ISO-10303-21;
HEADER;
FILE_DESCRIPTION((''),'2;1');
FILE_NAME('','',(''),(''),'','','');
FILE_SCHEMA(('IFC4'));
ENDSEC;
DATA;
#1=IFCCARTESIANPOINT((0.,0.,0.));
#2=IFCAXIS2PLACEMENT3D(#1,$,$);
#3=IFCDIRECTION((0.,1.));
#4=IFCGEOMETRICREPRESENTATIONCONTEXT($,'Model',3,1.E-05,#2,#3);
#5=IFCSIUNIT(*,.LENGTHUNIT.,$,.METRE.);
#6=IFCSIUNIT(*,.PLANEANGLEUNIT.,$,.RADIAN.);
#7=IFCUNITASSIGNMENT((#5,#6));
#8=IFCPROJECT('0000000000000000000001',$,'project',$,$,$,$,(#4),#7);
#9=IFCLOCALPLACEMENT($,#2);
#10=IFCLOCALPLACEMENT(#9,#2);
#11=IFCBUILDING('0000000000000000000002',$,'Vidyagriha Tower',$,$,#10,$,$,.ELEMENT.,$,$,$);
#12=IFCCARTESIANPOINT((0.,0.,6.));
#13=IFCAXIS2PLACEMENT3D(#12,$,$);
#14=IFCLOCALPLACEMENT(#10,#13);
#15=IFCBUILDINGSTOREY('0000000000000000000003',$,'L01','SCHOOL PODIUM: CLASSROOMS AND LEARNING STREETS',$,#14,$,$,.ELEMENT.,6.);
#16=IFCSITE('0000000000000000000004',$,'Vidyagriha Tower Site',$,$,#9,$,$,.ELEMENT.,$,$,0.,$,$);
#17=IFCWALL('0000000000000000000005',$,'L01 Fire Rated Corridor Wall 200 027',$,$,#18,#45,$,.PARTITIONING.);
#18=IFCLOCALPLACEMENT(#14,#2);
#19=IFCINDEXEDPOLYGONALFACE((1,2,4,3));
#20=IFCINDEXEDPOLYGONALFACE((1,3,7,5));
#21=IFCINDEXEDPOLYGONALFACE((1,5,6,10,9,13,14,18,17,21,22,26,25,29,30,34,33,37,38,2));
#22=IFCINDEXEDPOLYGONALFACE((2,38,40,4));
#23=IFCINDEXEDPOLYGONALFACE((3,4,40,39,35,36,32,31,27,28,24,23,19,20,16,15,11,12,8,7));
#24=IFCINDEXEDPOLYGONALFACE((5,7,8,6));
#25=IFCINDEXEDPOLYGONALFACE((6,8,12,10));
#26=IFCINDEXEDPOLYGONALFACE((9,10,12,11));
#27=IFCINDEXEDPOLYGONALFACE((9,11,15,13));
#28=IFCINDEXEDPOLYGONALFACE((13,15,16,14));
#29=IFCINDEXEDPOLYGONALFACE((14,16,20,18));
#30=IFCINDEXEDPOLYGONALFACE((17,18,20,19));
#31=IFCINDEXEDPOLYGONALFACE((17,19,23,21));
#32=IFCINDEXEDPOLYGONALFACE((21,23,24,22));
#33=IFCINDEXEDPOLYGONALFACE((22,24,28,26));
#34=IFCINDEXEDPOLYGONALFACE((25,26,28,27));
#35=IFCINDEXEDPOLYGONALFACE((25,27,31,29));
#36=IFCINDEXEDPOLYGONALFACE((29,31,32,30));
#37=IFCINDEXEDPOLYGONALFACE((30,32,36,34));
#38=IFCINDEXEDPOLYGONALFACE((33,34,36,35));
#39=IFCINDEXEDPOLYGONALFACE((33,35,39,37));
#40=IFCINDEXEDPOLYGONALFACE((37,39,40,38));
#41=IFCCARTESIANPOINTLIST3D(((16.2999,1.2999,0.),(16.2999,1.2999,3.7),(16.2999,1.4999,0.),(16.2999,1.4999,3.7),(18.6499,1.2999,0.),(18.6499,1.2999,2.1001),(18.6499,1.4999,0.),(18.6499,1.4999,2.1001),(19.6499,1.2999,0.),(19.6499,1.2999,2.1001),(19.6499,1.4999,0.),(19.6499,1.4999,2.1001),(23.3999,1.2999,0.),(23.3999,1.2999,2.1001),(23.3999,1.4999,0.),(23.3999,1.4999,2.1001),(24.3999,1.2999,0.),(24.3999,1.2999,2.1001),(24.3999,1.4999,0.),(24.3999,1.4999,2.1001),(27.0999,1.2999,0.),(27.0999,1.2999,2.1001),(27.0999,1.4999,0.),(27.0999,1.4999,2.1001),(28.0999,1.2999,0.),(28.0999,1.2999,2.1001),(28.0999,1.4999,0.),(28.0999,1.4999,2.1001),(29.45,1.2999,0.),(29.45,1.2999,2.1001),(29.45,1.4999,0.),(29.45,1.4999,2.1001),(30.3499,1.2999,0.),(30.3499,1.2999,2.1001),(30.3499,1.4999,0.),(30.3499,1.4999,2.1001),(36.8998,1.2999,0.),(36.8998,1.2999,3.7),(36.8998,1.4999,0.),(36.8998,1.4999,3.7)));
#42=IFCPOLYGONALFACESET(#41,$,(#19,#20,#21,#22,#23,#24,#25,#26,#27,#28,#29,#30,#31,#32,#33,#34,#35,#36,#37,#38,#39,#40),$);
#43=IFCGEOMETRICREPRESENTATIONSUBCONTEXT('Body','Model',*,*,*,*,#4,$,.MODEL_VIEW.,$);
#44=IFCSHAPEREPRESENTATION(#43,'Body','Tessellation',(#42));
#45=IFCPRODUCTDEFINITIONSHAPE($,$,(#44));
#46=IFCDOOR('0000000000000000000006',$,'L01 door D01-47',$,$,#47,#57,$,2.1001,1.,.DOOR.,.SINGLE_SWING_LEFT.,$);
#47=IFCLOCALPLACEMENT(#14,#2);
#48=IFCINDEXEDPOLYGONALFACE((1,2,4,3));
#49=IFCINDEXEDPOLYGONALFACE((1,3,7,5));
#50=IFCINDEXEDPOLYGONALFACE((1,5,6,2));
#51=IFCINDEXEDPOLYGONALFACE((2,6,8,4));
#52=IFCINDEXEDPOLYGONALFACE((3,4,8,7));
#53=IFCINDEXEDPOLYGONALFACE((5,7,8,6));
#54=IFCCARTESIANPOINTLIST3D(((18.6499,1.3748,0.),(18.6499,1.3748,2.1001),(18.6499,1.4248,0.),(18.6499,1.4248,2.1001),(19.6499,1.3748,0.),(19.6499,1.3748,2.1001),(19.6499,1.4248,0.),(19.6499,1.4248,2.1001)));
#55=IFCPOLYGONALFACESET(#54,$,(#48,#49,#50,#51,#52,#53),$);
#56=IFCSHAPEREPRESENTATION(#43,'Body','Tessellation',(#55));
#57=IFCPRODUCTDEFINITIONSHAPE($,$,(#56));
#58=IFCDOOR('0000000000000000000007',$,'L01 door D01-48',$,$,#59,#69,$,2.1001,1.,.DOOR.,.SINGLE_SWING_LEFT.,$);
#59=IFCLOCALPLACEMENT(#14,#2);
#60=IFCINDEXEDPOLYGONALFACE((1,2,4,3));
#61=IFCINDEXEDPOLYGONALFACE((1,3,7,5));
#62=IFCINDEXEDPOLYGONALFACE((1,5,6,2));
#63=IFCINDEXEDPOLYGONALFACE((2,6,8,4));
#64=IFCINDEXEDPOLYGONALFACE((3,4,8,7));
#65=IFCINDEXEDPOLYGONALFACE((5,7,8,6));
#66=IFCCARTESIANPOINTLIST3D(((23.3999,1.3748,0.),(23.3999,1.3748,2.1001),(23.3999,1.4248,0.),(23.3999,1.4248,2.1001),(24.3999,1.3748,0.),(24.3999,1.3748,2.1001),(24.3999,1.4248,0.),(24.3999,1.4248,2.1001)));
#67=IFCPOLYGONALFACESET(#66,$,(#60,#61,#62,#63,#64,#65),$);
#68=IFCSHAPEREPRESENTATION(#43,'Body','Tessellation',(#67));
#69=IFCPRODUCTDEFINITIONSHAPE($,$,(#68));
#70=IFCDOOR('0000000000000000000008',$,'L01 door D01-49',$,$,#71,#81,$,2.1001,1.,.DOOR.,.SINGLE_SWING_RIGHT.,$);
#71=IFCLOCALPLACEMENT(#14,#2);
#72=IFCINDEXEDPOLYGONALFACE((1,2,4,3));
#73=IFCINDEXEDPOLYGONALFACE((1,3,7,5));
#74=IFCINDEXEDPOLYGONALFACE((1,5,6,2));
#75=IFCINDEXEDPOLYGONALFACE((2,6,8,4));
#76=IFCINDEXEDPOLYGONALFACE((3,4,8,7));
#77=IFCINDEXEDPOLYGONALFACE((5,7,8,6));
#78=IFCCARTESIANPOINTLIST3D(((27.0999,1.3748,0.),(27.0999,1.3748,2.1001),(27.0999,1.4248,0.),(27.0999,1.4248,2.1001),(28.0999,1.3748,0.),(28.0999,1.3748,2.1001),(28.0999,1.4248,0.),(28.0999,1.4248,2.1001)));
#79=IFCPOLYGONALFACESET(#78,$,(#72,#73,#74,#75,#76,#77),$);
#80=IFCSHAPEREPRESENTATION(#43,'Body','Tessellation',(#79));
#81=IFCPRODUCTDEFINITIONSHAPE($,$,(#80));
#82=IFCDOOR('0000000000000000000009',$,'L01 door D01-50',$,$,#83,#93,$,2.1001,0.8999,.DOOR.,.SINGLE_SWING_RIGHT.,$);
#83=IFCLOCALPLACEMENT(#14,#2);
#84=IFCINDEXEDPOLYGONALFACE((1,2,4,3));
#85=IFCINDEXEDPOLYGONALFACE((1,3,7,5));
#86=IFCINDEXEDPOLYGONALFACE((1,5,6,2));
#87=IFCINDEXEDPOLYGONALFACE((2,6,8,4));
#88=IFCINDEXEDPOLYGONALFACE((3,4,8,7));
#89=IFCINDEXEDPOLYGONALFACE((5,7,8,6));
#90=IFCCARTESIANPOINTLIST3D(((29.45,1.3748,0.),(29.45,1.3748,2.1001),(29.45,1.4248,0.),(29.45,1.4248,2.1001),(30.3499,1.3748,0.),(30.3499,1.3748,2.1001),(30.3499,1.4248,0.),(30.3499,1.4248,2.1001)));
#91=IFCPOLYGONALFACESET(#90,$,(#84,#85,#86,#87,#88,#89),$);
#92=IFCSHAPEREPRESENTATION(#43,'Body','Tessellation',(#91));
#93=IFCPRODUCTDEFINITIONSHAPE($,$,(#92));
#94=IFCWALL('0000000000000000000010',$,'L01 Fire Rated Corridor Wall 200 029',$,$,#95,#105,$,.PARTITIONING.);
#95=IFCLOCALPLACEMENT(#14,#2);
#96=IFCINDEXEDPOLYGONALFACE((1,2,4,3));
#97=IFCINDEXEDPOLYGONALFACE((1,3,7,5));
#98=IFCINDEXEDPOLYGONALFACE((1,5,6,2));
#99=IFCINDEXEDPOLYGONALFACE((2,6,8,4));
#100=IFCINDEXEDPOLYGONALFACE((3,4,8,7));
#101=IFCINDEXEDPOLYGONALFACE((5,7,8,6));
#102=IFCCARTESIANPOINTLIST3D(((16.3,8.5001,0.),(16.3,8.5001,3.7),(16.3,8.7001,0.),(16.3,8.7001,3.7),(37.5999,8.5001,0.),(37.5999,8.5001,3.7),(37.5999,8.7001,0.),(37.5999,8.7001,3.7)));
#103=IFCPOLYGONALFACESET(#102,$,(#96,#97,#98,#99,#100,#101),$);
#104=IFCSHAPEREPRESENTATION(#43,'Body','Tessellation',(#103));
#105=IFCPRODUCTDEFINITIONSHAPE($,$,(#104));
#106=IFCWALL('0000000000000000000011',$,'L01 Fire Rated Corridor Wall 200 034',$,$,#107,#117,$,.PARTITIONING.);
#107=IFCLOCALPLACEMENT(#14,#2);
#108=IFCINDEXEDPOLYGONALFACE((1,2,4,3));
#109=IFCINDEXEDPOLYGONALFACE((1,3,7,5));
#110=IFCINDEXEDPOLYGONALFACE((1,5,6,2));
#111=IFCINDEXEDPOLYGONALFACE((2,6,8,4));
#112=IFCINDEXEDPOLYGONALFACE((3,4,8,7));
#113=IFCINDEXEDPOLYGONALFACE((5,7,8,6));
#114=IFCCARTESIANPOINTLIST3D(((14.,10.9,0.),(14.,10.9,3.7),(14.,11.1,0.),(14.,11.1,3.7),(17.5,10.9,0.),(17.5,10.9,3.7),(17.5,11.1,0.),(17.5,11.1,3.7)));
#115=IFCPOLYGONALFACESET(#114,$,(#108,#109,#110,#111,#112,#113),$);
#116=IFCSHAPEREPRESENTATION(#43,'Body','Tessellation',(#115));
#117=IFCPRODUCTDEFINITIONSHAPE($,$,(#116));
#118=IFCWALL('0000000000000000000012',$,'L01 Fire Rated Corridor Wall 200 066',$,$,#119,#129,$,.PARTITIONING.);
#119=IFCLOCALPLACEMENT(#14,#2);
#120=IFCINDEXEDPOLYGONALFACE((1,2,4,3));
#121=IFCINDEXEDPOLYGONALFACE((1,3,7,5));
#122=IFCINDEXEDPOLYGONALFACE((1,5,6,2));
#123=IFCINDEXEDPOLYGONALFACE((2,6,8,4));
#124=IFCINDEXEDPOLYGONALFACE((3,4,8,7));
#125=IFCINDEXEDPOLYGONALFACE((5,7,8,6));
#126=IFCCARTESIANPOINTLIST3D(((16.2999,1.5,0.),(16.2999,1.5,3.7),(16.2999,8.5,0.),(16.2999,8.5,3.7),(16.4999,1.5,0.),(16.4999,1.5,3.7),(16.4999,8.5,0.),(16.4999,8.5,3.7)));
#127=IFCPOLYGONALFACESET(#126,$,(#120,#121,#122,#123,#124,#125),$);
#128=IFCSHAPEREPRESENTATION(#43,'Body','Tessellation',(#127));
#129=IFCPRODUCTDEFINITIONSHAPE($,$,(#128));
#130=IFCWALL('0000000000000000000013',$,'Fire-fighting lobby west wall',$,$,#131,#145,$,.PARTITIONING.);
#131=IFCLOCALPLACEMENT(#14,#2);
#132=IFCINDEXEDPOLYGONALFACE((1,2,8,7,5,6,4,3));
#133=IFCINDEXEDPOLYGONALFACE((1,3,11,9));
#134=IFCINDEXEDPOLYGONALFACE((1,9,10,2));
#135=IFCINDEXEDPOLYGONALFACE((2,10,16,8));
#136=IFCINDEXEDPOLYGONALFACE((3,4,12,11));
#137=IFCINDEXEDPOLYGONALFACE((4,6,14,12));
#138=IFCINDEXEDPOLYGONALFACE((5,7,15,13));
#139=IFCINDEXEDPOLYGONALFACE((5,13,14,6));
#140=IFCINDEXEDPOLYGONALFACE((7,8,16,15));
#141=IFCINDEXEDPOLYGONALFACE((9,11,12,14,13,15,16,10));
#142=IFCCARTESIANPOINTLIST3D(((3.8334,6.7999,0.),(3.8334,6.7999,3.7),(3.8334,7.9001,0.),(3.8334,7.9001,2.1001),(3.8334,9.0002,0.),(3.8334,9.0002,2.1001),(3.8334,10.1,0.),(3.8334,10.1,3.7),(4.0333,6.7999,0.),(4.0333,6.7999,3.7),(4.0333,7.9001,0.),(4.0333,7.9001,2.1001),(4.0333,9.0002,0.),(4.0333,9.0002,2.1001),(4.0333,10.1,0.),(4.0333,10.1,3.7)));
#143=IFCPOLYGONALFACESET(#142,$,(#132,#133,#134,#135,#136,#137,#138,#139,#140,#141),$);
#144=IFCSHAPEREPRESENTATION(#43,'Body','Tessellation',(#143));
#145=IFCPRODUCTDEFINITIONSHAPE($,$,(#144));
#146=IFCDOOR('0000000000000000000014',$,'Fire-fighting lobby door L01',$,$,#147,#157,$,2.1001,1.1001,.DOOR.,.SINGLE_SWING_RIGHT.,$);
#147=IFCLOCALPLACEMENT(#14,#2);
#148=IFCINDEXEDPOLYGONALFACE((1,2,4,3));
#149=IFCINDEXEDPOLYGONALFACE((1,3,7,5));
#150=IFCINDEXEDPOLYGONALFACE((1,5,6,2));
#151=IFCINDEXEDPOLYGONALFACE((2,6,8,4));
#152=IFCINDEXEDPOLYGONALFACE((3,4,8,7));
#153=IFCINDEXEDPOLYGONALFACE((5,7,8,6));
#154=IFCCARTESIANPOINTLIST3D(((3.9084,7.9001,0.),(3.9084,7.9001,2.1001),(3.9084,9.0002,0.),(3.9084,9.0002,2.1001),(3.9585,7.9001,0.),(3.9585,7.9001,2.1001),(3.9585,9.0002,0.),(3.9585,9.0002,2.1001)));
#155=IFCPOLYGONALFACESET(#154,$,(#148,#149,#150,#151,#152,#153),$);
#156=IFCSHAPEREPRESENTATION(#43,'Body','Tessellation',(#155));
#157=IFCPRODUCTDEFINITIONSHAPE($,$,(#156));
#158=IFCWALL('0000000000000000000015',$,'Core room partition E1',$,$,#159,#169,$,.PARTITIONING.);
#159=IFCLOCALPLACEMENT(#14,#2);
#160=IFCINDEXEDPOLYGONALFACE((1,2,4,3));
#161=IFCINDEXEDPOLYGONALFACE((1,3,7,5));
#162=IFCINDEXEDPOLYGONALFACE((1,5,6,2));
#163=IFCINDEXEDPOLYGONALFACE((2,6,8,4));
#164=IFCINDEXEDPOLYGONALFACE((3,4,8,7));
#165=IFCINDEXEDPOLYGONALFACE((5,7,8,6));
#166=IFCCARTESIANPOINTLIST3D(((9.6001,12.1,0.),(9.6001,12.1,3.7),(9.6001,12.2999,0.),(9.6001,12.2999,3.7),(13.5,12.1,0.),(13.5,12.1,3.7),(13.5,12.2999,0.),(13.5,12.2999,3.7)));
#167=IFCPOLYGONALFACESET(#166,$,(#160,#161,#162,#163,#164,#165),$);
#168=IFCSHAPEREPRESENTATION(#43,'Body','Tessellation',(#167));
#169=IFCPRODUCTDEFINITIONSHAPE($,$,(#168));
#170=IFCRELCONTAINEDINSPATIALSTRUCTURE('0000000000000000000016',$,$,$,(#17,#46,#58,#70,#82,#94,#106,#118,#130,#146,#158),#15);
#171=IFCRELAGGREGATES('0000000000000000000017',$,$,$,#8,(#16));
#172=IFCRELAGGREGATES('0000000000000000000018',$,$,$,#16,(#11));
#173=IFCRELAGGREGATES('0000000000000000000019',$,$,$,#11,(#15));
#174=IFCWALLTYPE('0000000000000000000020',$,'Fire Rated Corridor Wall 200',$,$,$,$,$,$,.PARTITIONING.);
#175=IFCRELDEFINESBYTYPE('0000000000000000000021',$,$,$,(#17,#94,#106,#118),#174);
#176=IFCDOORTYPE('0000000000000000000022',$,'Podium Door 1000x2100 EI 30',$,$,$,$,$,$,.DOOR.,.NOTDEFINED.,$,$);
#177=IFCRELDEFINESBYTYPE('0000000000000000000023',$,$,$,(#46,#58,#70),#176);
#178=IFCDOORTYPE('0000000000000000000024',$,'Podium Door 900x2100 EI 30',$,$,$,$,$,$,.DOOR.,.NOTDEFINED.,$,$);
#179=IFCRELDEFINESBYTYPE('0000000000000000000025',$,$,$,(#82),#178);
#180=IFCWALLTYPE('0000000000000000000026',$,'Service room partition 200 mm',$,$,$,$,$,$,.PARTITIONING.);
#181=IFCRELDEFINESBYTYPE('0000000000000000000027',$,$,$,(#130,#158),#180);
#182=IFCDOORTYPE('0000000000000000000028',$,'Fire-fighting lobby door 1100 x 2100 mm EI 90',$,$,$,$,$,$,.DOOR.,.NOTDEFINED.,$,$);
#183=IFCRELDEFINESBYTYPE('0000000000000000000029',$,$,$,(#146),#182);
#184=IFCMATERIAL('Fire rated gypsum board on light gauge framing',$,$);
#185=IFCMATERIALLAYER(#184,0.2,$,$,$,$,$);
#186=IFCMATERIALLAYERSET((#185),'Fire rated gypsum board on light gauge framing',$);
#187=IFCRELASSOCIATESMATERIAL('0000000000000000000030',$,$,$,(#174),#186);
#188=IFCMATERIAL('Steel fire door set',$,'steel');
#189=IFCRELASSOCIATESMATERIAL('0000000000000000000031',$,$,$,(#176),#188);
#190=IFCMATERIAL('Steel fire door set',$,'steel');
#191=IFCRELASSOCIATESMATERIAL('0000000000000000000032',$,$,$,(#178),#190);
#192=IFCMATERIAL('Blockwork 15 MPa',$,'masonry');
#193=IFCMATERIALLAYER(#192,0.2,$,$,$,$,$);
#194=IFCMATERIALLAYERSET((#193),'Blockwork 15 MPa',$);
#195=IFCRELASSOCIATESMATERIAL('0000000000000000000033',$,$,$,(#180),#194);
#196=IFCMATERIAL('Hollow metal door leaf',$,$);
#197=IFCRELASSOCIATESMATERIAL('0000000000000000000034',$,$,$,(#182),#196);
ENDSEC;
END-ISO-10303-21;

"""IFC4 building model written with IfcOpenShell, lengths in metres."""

from ifc_helpers import new_model, si_unit, direction, frame, frame_2d, origin, place, context, subcontext, project, spatial, rectangle, extrude, material, layer, layer_set, type_object, element, fill, save


model = new_model("IFC4")

# Units and contexts
model_context = context("Model", 3, precision=1e-05, world=origin(), true_north=direction((0.0, 1.0)))
body_context = subcontext(model_context, "Body", "Model", "MODEL_VIEW")
ifc_project = project(units=[si_unit("LENGTHUNIT", "METRE"), si_unit("PLANEANGLEUNIT", "RADIAN")], contexts=[model_context])

# Site, building, storey
site_placement = place(None, origin())
site = spatial("IfcSite", under=ifc_project, at=site_placement, Name="Vidyagriha Tower Site", CompositionType="ELEMENT", RefElevation=0.0)
building_placement = place(site_placement, origin())
building = spatial("IfcBuilding", under=site, at=building_placement, Name="Vidyagriha Tower", CompositionType="ELEMENT")
storey_placement = place(building_placement, frame((0.0, 0.0, 6.0)))
storey = spatial("IfcBuildingStorey", under=building, at=storey_placement, Name="L01", Description="SCHOOL PODIUM: CLASSROOMS AND LEARNING STREETS", CompositionType="ELEMENT", Elevation=6.0)

# Wall, openings, doors
ifc_material_1 = material(Name="Fire rated gypsum board on light gauge framing")
ifc_layer_1 = layer(ifc_material_1, 0.2)
ifc_layer_set_1 = layer_set([ifc_layer_1], Name="Fire rated gypsum board on light gauge framing")
wall_type_1 = type_object("IfcWallType", Name="Fire Rated Corridor Wall 200", PredefinedType="PARTITIONING", material=ifc_layer_set_1)
wall_1_placement = place(storey_placement, frame((16.3, 1.3999, 0.0)))
wall_1 = element("IfcWall", 1, at=wall_1_placement, inside=storey, type_object=wall_type_1, Name="L01 Fire Rated Corridor Wall 200 027", PredefinedType="PARTITIONING", context=body_context, shape_type="SweptSolid", body=[
    extrude(rectangle(XDim=20.5999, YDim=0.2, at=frame_2d((10.2998, 0.0))), origin(), (0.0, 0.0, 1.0), 3.7),
])
opening_1_placement = place(wall_1_placement, frame((2.3499, 0.0, 0.0)))
opening_1 = element("IfcOpeningElement", 2, at=opening_1_placement, cuts=wall_1, PredefinedType="OPENING", context=body_context, shape_type="SweptSolid", body=[
    extrude(rectangle(XDim=1.0, YDim=2.1001, at=frame_2d((0.5, 1.05))), frame((0.0, 0.1099, 0.0), z_axis=(0.0, -1.0, 0.0), x_axis=(1.0, 0.0, 0.0)), (0.0, 0.0, 1.0), 0.22),
])
opening_2_placement = place(wall_1_placement, frame((7.0999, 0.0, 0.0)))
opening_2 = element("IfcOpeningElement", 3, at=opening_2_placement, cuts=wall_1, PredefinedType="OPENING", context=body_context, shape_type="SweptSolid", body=[
    extrude(rectangle(XDim=1.0, YDim=2.1001, at=frame_2d((0.5, 1.05))), frame((0.0, 0.1099, 0.0), z_axis=(0.0, -1.0, 0.0), x_axis=(1.0, 0.0, 0.0)), (0.0, 0.0, 1.0), 0.22),
])
opening_3_placement = place(wall_1_placement, frame((10.7998, 0.0, 0.0)))
opening_3 = element("IfcOpeningElement", 4, at=opening_3_placement, cuts=wall_1, PredefinedType="OPENING", context=body_context, shape_type="SweptSolid", body=[
    extrude(rectangle(XDim=1.0, YDim=2.1001, at=frame_2d((0.5, 1.05))), frame((0.0, 0.1099, 0.0), z_axis=(0.0, -1.0, 0.0), x_axis=(1.0, 0.0, 0.0)), (0.0, 0.0, 1.0), 0.22),
])
opening_4_placement = place(wall_1_placement, frame((13.1499, 0.0, 0.0)))
opening_4 = element("IfcOpeningElement", 5, at=opening_4_placement, cuts=wall_1, PredefinedType="OPENING", context=body_context, shape_type="SweptSolid", body=[
    extrude(rectangle(XDim=0.8999, YDim=2.1001, at=frame_2d((0.45, 1.05))), frame((0.0, 0.1099, 0.0), z_axis=(0.0, -1.0, 0.0), x_axis=(1.0, 0.0, 0.0)), (0.0, 0.0, 1.0), 0.22),
])
ifc_material_2 = material(Name="Steel fire door set", Category="steel")
door_type_1 = type_object("IfcDoorType", Name="Podium Door 1000x2100 EI 30", OperationType="NOTDEFINED", PredefinedType="DOOR", material=ifc_material_2)
door_1_placement = place(opening_1_placement, origin())
door_1 = element("IfcDoor", 6, at=door_1_placement, inside=storey, type_object=door_type_1, Name="L01 door D01-47", OperationType="SINGLE_SWING_LEFT", OverallHeight=2.1001, OverallWidth=1.0, PredefinedType="DOOR", context=body_context, shape_type="SweptSolid", body=[
    extrude(rectangle(XDim=1.0, YDim=2.1001, at=frame_2d((0.5, 1.05))), frame((0.0, 0.0249, 0.0), z_axis=(0.0, -1.0, 0.0), x_axis=(1.0, 0.0, 0.0)), (0.0, 0.0, 1.0), 0.05),
])
fill(opening_1, door_1)
door_2_placement = place(opening_2_placement, origin())
door_2 = element("IfcDoor", 7, at=door_2_placement, inside=storey, type_object=door_type_1, Name="L01 door D01-48", OperationType="SINGLE_SWING_LEFT", OverallHeight=2.1001, OverallWidth=1.0, PredefinedType="DOOR", context=body_context, shape_type="SweptSolid", body=[
    extrude(rectangle(XDim=1.0, YDim=2.1001, at=frame_2d((0.5, 1.05))), frame((0.0, 0.0249, 0.0), z_axis=(0.0, -1.0, 0.0), x_axis=(1.0, 0.0, 0.0)), (0.0, 0.0, 1.0), 0.05),
])
fill(opening_2, door_2)
door_3_placement = place(opening_3_placement, origin())
door_3 = element("IfcDoor", 8, at=door_3_placement, inside=storey, type_object=door_type_1, Name="L01 door D01-49", OperationType="SINGLE_SWING_RIGHT", OverallHeight=2.1001, OverallWidth=1.0, PredefinedType="DOOR", context=body_context, shape_type="SweptSolid", body=[
    extrude(rectangle(XDim=1.0, YDim=2.1001, at=frame_2d((0.5, 1.05))), frame((0.0, 0.0249, 0.0), z_axis=(0.0, -1.0, 0.0), x_axis=(1.0, 0.0, 0.0)), (0.0, 0.0, 1.0), 0.05),
])
fill(opening_3, door_3)
ifc_material_3 = material(Name="Steel fire door set", Category="steel")
door_type_2 = type_object("IfcDoorType", Name="Podium Door 900x2100 EI 30", OperationType="NOTDEFINED", PredefinedType="DOOR", material=ifc_material_3)
door_4_placement = place(opening_4_placement, origin())
door_4 = element("IfcDoor", 9, at=door_4_placement, inside=storey, type_object=door_type_2, Name="L01 door D01-50", OperationType="SINGLE_SWING_RIGHT", OverallHeight=2.1001, OverallWidth=0.8999, PredefinedType="DOOR", context=body_context, shape_type="SweptSolid", body=[
    extrude(rectangle(XDim=0.8999, YDim=2.1001, at=frame_2d((0.45, 1.05))), frame((0.0, 0.0249, 0.0), z_axis=(0.0, -1.0, 0.0), x_axis=(1.0, 0.0, 0.0)), (0.0, 0.0, 1.0), 0.05),
])
fill(opening_4, door_4)

# Walls
wall_2_placement = place(storey_placement, frame((16.3, 8.6001, 0.0)))
element("IfcWall", 10, at=wall_2_placement, inside=storey, type_object=wall_type_1, Name="L01 Fire Rated Corridor Wall 200 029", PredefinedType="PARTITIONING", context=body_context, shape_type="SweptSolid", body=[
    extrude(rectangle(XDim=21.2998, YDim=0.2, at=frame_2d((10.6499, 0.0))), origin(), (0.0, 0.0, 1.0), 3.7),
])
wall_3_placement = place(storey_placement, frame((14.0, 11.0, 0.0)))
element("IfcWall", 11, at=wall_3_placement, inside=storey, type_object=wall_type_1, Name="L01 Fire Rated Corridor Wall 200 034", PredefinedType="PARTITIONING", context=body_context, shape_type="SweptSolid", body=[
    extrude(rectangle(XDim=3.5, YDim=0.2, at=frame_2d((1.75, 0.0))), origin(), (0.0, 0.0, 1.0), 3.7),
])
wall_4_placement = place(storey_placement, frame((16.3999, 1.5, 0.0), z_axis=(0.0, 0.0, 1.0), x_axis=(0.0, 1.0, 0.0)))
element("IfcWall", 12, at=wall_4_placement, inside=storey, type_object=wall_type_1, Name="L01 Fire Rated Corridor Wall 200 066", PredefinedType="PARTITIONING", context=body_context, shape_type="SweptSolid", body=[
    extrude(rectangle(XDim=7.0, YDim=0.2, at=frame_2d((3.5, 0.0))), origin(), (0.0, 0.0, 1.0), 3.7),
])

# Wall, opening, door
ifc_material_4 = material(Name="Blockwork 15 MPa", Category="masonry")
ifc_layer_2 = layer(ifc_material_4, 0.2)
ifc_layer_set_2 = layer_set([ifc_layer_2], Name="Blockwork 15 MPa")
wall_type_2 = type_object("IfcWallType", Name="Service room partition 200 mm", PredefinedType="PARTITIONING", material=ifc_layer_set_2)
wall_5_placement = place(storey_placement, frame((3.9333, 6.8, 0.0), z_axis=(0.0, 0.0, 1.0), x_axis=(0.0, 1.0, 0.0)))
wall_5 = element("IfcWall", 13, at=wall_5_placement, inside=storey, type_object=wall_type_2, Name="Fire-fighting lobby west wall", PredefinedType="PARTITIONING", context=body_context, shape_type="SweptSolid", body=[
    extrude(rectangle(XDim=3.3, YDim=0.2, at=frame_2d((1.6499, 0.0))), origin(), (0.0, 0.0, 1.0), 3.7),
])
opening_5_placement = place(wall_5_placement, frame((1.1001, 0.0, 0.0)))
opening_5 = element("IfcOpeningElement", 14, at=opening_5_placement, cuts=wall_5, PredefinedType="OPENING", context=body_context, shape_type="SweptSolid", body=[
    extrude(rectangle(XDim=1.1001, YDim=2.1001, at=frame_2d((0.55, 1.05))), frame((0.0, 0.1099, 0.0), z_axis=(0.0, -1.0, 0.0), x_axis=(1.0, 0.0, 0.0)), (0.0, 0.0, 1.0), 0.22),
])
ifc_material_5 = material(Name="Hollow metal door leaf")
door_type_3 = type_object("IfcDoorType", Name="Fire-fighting lobby door 1100 x 2100 mm EI 90", OperationType="NOTDEFINED", PredefinedType="DOOR", material=ifc_material_5)
door_5_placement = place(opening_5_placement, origin())
door_5 = element("IfcDoor", 15, at=door_5_placement, inside=storey, type_object=door_type_3, Name="Fire-fighting lobby door L01", OperationType="SINGLE_SWING_RIGHT", OverallHeight=2.1001, OverallWidth=1.1001, PredefinedType="DOOR", context=body_context, shape_type="SweptSolid", body=[
    extrude(rectangle(XDim=1.1001, YDim=2.1001, at=frame_2d((0.55, 1.05))), frame((0.0, 0.0249, 0.0), z_axis=(0.0, -1.0, 0.0), x_axis=(1.0, 0.0, 0.0)), (0.0, 0.0, 1.0), 0.05),
])
fill(opening_5, door_5)

# Wall
wall_6_placement = place(storey_placement, frame((9.6001, 12.2, 0.0)))
element("IfcWall", 16, at=wall_6_placement, inside=storey, type_object=wall_type_2, Name="Core room partition E1", PredefinedType="PARTITIONING", context=body_context, shape_type="SweptSolid", body=[
    extrude(rectangle(XDim=3.8999, YDim=0.2, at=frame_2d((1.95, 0.0))), origin(), (0.0, 0.0, 1.0), 3.7),
])

save(model, "model.ifc")
